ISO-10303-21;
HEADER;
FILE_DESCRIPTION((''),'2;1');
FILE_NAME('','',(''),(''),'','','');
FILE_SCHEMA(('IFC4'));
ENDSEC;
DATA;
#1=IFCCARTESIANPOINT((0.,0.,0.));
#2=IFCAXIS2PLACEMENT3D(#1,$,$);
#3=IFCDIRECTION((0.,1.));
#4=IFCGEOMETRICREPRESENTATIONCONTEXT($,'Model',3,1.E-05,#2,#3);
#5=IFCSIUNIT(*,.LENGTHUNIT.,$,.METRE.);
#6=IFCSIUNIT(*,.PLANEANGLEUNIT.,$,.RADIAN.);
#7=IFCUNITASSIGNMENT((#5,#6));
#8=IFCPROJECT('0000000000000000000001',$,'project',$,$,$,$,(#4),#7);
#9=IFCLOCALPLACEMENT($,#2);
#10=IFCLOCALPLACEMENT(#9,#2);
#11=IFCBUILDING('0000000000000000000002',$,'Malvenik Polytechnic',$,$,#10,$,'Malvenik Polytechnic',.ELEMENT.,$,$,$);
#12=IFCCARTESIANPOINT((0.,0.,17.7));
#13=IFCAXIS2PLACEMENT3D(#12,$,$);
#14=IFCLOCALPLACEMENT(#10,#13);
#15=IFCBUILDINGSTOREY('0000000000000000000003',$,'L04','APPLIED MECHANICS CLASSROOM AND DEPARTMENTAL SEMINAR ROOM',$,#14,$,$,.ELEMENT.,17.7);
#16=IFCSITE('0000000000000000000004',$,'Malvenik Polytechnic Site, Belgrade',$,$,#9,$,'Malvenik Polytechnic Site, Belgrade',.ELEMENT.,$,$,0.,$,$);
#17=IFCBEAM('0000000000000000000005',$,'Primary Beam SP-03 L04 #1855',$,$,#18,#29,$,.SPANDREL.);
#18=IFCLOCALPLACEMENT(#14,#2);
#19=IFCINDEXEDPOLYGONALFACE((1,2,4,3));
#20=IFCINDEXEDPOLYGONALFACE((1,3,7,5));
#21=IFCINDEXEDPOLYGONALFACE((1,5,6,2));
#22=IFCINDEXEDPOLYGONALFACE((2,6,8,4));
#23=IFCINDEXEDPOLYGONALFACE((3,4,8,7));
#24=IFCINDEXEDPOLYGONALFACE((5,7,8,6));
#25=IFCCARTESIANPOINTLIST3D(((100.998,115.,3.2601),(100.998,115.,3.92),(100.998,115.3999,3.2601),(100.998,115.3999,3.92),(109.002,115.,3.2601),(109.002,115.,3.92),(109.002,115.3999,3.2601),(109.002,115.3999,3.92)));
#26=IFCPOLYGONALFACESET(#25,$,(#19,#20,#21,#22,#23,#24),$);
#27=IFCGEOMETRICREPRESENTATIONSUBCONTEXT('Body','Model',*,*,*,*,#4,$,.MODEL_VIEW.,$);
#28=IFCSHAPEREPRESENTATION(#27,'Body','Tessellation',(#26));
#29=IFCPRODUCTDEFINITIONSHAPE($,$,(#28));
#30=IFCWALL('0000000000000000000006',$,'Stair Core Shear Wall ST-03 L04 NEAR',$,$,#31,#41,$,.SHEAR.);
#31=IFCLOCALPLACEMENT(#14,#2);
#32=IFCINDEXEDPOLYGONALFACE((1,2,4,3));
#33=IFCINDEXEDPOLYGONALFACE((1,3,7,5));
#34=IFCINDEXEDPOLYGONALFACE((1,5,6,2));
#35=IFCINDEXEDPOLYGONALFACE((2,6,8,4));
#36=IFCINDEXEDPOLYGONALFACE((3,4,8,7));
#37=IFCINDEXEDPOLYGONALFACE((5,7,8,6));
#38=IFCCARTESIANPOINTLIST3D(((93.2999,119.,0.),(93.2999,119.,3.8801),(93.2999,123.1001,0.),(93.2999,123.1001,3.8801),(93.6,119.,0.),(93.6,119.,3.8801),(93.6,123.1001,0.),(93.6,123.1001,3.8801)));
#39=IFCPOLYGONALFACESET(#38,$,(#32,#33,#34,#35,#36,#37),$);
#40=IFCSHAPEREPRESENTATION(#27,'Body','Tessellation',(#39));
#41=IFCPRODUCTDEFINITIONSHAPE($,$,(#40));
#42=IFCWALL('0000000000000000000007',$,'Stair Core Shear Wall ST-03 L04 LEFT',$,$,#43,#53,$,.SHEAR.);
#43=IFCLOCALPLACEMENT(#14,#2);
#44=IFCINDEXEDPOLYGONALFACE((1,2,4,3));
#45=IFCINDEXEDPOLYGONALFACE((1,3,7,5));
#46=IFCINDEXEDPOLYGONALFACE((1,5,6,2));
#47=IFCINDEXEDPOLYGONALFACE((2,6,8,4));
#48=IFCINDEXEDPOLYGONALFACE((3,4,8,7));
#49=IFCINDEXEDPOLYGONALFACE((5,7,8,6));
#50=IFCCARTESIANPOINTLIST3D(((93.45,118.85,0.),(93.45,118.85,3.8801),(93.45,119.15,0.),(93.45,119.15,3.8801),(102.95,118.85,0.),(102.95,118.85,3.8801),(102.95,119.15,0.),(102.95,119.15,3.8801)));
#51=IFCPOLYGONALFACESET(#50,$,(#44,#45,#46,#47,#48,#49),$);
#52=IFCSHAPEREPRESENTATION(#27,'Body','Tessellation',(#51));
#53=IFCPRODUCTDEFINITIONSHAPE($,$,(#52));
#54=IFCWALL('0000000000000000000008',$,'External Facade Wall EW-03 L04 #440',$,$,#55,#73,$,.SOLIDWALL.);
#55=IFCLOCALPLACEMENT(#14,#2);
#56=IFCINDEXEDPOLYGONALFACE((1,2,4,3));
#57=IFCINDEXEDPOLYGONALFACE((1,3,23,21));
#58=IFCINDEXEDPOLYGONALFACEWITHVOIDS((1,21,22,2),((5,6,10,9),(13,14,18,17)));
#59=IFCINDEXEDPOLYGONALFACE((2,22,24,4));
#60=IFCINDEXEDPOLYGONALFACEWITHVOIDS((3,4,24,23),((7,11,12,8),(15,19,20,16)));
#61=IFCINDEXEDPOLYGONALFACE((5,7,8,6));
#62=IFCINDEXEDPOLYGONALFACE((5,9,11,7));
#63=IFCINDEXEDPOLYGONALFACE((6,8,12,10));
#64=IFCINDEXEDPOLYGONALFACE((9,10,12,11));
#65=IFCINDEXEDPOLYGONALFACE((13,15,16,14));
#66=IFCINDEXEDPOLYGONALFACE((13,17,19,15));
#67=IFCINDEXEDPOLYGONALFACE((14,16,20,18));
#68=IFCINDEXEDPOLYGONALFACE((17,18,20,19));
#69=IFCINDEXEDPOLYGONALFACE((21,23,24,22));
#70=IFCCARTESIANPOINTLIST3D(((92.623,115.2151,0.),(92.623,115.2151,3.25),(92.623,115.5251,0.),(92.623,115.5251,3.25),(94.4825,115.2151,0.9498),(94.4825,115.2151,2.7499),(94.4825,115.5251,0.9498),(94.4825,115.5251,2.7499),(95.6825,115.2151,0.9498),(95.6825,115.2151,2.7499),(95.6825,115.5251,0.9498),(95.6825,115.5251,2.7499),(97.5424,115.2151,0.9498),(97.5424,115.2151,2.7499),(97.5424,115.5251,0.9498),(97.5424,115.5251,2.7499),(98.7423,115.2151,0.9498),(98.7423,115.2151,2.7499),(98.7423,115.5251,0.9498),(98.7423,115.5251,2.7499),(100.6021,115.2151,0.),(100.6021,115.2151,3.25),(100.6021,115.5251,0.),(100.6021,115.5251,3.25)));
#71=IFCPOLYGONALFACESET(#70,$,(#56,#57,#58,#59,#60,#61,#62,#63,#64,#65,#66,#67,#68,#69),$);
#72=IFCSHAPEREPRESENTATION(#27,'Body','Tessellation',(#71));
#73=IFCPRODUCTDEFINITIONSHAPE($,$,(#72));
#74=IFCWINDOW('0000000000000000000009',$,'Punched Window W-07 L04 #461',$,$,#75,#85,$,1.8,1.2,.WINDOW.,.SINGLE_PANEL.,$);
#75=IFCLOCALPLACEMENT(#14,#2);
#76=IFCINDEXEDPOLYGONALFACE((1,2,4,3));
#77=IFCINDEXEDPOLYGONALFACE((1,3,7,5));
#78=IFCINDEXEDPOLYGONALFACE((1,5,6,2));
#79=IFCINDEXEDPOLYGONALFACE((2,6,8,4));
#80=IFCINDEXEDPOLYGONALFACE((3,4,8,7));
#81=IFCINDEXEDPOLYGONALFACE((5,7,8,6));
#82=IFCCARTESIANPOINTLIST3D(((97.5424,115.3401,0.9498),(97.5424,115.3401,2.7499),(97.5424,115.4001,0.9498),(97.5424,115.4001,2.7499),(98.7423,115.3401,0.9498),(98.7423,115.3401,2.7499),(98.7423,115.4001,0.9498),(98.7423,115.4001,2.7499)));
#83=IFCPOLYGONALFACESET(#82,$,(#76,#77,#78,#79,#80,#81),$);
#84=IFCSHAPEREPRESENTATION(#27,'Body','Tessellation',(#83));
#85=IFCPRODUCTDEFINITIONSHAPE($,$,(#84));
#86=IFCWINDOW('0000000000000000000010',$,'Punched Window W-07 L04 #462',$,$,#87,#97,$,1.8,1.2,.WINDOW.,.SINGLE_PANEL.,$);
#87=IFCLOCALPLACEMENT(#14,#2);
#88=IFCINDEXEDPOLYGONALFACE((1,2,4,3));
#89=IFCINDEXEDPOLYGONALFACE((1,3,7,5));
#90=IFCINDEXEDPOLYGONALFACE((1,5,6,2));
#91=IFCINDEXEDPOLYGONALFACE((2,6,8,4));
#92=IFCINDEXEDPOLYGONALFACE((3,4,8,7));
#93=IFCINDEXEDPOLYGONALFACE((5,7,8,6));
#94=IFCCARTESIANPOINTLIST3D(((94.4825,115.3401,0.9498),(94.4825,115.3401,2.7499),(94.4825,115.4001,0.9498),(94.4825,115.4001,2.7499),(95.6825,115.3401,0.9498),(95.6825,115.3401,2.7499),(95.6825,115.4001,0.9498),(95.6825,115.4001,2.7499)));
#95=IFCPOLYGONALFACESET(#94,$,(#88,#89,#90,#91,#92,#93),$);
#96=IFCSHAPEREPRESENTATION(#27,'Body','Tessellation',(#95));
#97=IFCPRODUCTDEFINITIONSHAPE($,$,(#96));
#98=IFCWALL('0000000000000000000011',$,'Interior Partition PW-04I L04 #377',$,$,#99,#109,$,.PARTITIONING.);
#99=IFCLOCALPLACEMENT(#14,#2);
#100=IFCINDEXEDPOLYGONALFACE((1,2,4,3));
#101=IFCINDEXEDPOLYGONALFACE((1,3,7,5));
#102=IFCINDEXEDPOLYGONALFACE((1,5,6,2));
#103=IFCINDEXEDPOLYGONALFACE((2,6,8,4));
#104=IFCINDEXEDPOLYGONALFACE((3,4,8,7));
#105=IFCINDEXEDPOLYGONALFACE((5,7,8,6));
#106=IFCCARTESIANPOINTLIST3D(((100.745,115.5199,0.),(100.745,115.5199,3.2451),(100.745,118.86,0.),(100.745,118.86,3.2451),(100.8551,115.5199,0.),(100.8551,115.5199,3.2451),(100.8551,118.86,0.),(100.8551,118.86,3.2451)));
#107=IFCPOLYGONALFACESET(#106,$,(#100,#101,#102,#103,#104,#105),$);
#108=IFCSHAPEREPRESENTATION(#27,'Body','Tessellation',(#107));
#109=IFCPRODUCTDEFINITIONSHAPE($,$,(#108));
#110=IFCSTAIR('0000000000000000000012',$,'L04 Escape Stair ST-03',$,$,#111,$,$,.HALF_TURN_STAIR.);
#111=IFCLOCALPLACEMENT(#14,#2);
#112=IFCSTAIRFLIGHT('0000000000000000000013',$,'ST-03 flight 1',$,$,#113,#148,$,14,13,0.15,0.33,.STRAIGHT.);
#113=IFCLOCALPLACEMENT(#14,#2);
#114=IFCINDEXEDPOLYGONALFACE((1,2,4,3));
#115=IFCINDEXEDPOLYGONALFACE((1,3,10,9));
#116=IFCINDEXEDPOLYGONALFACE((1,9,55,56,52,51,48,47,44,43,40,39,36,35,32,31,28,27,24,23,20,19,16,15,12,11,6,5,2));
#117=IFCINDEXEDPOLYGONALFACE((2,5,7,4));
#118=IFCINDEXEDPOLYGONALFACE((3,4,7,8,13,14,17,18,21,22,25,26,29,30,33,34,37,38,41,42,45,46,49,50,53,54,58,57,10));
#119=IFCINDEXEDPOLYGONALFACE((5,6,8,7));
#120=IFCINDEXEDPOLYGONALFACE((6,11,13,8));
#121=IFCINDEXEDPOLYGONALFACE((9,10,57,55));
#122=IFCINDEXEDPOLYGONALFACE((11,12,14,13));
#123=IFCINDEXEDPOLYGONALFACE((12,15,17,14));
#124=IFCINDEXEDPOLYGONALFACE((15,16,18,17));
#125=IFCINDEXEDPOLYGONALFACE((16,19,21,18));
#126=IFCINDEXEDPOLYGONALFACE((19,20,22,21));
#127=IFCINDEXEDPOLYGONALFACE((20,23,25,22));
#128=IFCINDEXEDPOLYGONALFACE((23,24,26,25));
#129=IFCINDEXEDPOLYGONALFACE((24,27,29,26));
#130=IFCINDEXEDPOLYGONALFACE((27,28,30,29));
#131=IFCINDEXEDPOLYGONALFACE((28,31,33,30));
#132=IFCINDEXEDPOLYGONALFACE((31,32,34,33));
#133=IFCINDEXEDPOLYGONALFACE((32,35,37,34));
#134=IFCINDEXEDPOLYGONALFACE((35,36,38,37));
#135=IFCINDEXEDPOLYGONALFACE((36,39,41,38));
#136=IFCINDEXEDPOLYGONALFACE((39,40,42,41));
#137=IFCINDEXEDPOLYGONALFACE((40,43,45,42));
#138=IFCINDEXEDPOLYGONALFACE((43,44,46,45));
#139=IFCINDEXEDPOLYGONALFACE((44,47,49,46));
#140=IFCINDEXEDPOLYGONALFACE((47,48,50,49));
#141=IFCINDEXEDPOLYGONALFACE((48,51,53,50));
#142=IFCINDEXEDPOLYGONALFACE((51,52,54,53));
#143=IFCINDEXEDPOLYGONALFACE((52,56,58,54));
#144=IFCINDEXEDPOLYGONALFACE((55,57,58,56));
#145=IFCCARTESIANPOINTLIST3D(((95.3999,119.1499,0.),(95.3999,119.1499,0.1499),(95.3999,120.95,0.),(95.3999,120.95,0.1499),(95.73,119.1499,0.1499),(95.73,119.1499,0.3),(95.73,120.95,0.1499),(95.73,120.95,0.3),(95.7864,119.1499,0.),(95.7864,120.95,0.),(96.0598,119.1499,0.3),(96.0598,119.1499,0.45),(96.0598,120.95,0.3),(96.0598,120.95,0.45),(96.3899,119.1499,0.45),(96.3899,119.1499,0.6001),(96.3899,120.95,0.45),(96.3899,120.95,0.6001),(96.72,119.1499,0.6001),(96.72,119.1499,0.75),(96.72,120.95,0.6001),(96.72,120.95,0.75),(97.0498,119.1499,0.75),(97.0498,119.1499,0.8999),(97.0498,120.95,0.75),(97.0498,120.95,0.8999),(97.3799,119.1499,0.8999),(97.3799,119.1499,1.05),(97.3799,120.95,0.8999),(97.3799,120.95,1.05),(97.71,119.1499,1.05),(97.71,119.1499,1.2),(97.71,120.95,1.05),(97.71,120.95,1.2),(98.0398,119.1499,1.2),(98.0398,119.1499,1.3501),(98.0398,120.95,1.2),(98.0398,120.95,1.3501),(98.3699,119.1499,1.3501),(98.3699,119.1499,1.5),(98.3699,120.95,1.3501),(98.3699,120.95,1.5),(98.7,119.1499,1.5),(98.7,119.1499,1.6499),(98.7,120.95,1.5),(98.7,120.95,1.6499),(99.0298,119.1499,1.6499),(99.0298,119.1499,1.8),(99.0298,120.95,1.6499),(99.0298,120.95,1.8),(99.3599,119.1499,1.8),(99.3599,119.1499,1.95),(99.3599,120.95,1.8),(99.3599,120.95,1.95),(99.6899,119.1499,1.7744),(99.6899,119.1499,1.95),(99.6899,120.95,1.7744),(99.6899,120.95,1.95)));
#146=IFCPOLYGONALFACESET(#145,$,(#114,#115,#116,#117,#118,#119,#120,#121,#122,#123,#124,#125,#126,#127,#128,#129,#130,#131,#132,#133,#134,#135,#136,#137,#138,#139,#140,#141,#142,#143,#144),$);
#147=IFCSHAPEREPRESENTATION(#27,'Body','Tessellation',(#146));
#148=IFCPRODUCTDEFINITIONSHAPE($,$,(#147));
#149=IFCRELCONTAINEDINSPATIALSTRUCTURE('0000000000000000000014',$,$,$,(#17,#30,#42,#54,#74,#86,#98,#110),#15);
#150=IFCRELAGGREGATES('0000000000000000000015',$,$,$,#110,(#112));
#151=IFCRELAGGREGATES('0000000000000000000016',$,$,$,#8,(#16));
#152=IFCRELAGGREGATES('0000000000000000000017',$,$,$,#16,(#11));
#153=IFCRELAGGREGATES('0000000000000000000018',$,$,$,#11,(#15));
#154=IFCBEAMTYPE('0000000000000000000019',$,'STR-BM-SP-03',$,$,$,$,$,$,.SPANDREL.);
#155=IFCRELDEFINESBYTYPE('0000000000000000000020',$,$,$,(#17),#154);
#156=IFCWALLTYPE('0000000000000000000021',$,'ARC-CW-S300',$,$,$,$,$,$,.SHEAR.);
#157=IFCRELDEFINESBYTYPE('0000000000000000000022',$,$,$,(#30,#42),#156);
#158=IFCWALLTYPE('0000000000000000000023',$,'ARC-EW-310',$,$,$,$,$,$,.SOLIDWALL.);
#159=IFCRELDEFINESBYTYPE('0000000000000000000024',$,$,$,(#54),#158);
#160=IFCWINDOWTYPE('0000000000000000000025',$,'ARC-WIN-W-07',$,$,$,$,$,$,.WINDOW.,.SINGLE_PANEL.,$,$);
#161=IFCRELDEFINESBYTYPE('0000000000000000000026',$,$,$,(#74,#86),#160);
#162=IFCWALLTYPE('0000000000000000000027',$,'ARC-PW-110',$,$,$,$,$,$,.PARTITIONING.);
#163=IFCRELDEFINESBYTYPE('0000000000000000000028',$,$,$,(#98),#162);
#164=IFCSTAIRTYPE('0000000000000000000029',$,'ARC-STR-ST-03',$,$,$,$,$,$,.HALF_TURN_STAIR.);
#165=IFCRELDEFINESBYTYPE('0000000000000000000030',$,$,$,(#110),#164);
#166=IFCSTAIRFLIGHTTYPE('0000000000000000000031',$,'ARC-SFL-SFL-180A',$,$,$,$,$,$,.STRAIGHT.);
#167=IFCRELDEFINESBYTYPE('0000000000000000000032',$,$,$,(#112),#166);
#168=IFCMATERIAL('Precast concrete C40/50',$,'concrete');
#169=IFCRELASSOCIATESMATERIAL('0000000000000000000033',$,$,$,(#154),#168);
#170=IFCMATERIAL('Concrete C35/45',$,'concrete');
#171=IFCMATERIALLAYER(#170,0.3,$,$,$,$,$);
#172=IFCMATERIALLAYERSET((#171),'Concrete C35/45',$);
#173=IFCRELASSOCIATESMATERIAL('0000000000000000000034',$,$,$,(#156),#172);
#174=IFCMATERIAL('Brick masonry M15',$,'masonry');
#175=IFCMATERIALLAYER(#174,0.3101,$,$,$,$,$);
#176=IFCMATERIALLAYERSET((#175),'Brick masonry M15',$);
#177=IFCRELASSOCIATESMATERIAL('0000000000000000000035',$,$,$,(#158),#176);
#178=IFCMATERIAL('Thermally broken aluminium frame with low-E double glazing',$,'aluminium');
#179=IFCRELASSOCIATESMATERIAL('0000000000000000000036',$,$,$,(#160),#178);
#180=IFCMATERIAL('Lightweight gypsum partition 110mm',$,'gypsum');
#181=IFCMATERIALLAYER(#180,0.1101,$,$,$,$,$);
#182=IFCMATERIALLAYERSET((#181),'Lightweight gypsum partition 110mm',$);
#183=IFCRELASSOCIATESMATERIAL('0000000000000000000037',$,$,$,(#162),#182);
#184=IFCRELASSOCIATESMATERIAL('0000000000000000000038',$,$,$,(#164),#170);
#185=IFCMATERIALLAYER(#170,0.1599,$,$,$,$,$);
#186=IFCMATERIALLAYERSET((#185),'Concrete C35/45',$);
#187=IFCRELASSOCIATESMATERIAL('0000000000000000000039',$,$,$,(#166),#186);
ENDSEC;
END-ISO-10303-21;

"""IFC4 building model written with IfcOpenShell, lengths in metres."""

from ifc_helpers import new_model, si_unit, direction, frame, frame_2d, origin, origin_2d, place, context, subcontext, project, spatial, polyline, rectangle, outline, extrude, material, layer, layer_set, material_profile, profile_set, type_object, element, fill, aggregate, save


model = new_model("IFC4")

# Units and contexts
model_context = context("Model", 3, precision=1e-05, world=origin(), true_north=direction((0.0, 1.0)))
body_context = subcontext(model_context, "Body", "Model", "MODEL_VIEW")
ifc_project = project(units=[si_unit("LENGTHUNIT", "METRE"), si_unit("PLANEANGLEUNIT", "RADIAN")], contexts=[model_context])

# Site, building, storey
site_placement = place(None, origin())
site = spatial("IfcSite", under=ifc_project, at=site_placement, Name="Malvenik Polytechnic Site, Belgrade", LongName="Malvenik Polytechnic Site, Belgrade", CompositionType="ELEMENT", RefElevation=0.0)
building_placement = place(site_placement, origin())
building = spatial("IfcBuilding", under=site, at=building_placement, Name="Malvenik Polytechnic", LongName="Malvenik Polytechnic", CompositionType="ELEMENT")
storey_placement = place(building_placement, frame((0.0, 0.0, 17.7)))
storey = spatial("IfcBuildingStorey", under=building, at=storey_placement, Name="L04", Description="APPLIED MECHANICS CLASSROOM AND DEPARTMENTAL SEMINAR ROOM", CompositionType="ELEMENT", Elevation=17.7)

# Beam
ifc_material_1 = material(Name="Precast concrete C40/50", Category="concrete")
ifc_material_profile = material_profile(ifc_material_1, rectangle(XDim=0.3999, YDim=0.6599, at=origin_2d()), Name="PC SPN 400x660")
ifc_profile_set = profile_set([ifc_material_profile], Name="Precast concrete C40/50")
beam_type = type_object("IfcBeamType", Name="STR-BM-SP-03", PredefinedType="SPANDREL", material=ifc_profile_set)
beam_placement = place(storey_placement, frame((100.998, 115.2, 3.5901), z_axis=(1.0, 0.0, 0.0), x_axis=(0.0, 1.0, 0.0)))
element("IfcBeam", 1, at=beam_placement, inside=storey, type_object=beam_type, Name="Primary Beam SP-03 L04 #1855", PredefinedType="SPANDREL", context=body_context, shape_type="SweptSolid", body=[
    extrude(rectangle(XDim=0.3999, YDim=0.6599, at=origin_2d()), origin(), (0.0, 0.0, 1.0), 8.0039),
])

# Walls
ifc_material_2 = material(Name="Concrete C35/45", Category="concrete")
ifc_layer_1 = layer(ifc_material_2, 0.3)
ifc_layer_set_1 = layer_set([ifc_layer_1], Name="Concrete C35/45")
wall_type_1 = type_object("IfcWallType", Name="ARC-CW-S300", PredefinedType="SHEAR", material=ifc_layer_set_1)
wall_1_placement = place(storey_placement, frame((93.45, 119.0, 0.0), z_axis=(0.0, 0.0, 1.0), x_axis=(0.0, 1.0, 0.0)))
element("IfcWall", 2, at=wall_1_placement, inside=storey, type_object=wall_type_1, Name="Stair Core Shear Wall ST-03 L04 NEAR", PredefinedType="SHEAR", context=body_context, shape_type="SweptSolid", body=[
    extrude(rectangle(XDim=4.1001, YDim=0.3, at=frame_2d((2.05, 0.0))), origin(), (0.0, 0.0, 1.0), 3.8801),
])
wall_2_placement = place(storey_placement, frame((102.95, 119.0, 0.0), z_axis=(0.0, 0.0, 1.0), x_axis=(-1.0, 0.0, 0.0)))
element("IfcWall", 3, at=wall_2_placement, inside=storey, type_object=wall_type_1, Name="Stair Core Shear Wall ST-03 L04 LEFT", PredefinedType="SHEAR", context=body_context, shape_type="SweptSolid", body=[
    extrude(rectangle(XDim=9.5, YDim=0.3, at=frame_2d((4.75, 0.0))), origin(), (0.0, 0.0, 1.0), 3.8801),
])

# Wall, openings, windows
ifc_material_3 = material(Name="Brick masonry M15", Category="masonry")
ifc_layer_2 = layer(ifc_material_3, 0.3101)
ifc_layer_set_2 = layer_set([ifc_layer_2], Name="Brick masonry M15")
wall_type_2 = type_object("IfcWallType", Name="ARC-EW-310", PredefinedType="SOLIDWALL", material=ifc_layer_set_2)
wall_3_placement = place(storey_placement, frame((100.6021, 115.3701, 0.0), z_axis=(0.0, 0.0, 1.0), x_axis=(-1.0, 0.0, 0.0)))
wall_3 = element("IfcWall", 4, at=wall_3_placement, inside=storey, type_object=wall_type_2, Name="External Facade Wall EW-03 L04 #440", PredefinedType="SOLIDWALL", context=body_context, shape_type="SweptSolid", body=[
    extrude(rectangle(XDim=7.979, YDim=0.3101, at=frame_2d((3.9895, 0.0))), origin(), (0.0, 0.0, 1.0), 3.25),
])
opening_1_placement = place(wall_3_placement, frame((1.8596, 0.0, 0.95)))
opening_1 = element("IfcOpeningElement", 5, at=opening_1_placement, cuts=wall_3, PredefinedType="OPENING", context=body_context, shape_type="SweptSolid", body=[
    extrude(rectangle(XDim=1.2, YDim=1.8, at=frame_2d((0.6001, 0.8999))), frame((0.0, 0.165, 0.0), z_axis=(0.0, -1.0, 0.0), x_axis=(1.0, 0.0, 0.0)), (0.0, 0.0, 1.0), 0.3301),
])
opening_2_placement = place(wall_3_placement, frame((4.9194, 0.0, 0.95)))
opening_2 = element("IfcOpeningElement", 6, at=opening_2_placement, cuts=wall_3, PredefinedType="OPENING", context=body_context, shape_type="SweptSolid", body=[
    extrude(rectangle(XDim=1.2, YDim=1.8, at=frame_2d((0.6001, 0.8999))), frame((0.0, 0.165, 0.0), z_axis=(0.0, -1.0, 0.0), x_axis=(1.0, 0.0, 0.0)), (0.0, 0.0, 1.0), 0.3301),
])
ifc_material_4 = material(Name="Thermally broken aluminium frame with low-E double glazing", Category="aluminium")
window_type = type_object("IfcWindowType", Name="ARC-WIN-W-07", PartitioningType="SINGLE_PANEL", PredefinedType="WINDOW", material=ifc_material_4)
window_1_placement = place(opening_1_placement, origin())
window_1 = element("IfcWindow", 7, at=window_1_placement, inside=storey, type_object=window_type, Name="Punched Window W-07 L04 #461", OverallHeight=1.8, OverallWidth=1.2, PartitioningType="SINGLE_PANEL", PredefinedType="WINDOW", context=body_context, shape_type="SweptSolid", body=[
    extrude(rectangle(XDim=1.2, YDim=1.8, at=frame_2d((0.6001, 0.8999))), frame((0.0, 0.03, 0.0), z_axis=(0.0, -1.0, 0.0), x_axis=(1.0, 0.0, 0.0)), (0.0, 0.0, 1.0), 0.0601),
])
fill(opening_1, window_1)
window_2_placement = place(opening_2_placement, origin())
window_2 = element("IfcWindow", 8, at=window_2_placement, inside=storey, type_object=window_type, Name="Punched Window W-07 L04 #462", OverallHeight=1.8, OverallWidth=1.2, PartitioningType="SINGLE_PANEL", PredefinedType="WINDOW", context=body_context, shape_type="SweptSolid", body=[
    extrude(rectangle(XDim=1.2, YDim=1.8, at=frame_2d((0.6001, 0.8999))), frame((0.0, 0.03, 0.0), z_axis=(0.0, -1.0, 0.0), x_axis=(1.0, 0.0, 0.0)), (0.0, 0.0, 1.0), 0.0601),
])
fill(opening_2, window_2)

# Wall
ifc_material_5 = material(Name="Lightweight gypsum partition 110mm", Category="gypsum")
ifc_layer_3 = layer(ifc_material_5, 0.1101)
ifc_layer_set_3 = layer_set([ifc_layer_3], Name="Lightweight gypsum partition 110mm")
wall_type_3 = type_object("IfcWallType", Name="ARC-PW-110", PredefinedType="PARTITIONING", material=ifc_layer_set_3)
wall_4_placement = place(storey_placement, frame((100.8, 115.52, 0.0), z_axis=(0.0, 0.0, 1.0), x_axis=(0.0, 1.0, 0.0)))
element("IfcWall", 9, at=wall_4_placement, inside=storey, type_object=wall_type_3, Name="Interior Partition PW-04I L04 #377", PredefinedType="PARTITIONING", context=body_context, shape_type="SweptSolid", body=[
    extrude(rectangle(XDim=3.3401, YDim=0.1101, at=frame_2d((1.6699, 0.0))), origin(), (0.0, 0.0, 1.0), 3.2451),
])

# Stair, stair flight
stair_type = type_object("IfcStairType", Name="ARC-STR-ST-03", PredefinedType="HALF_TURN_STAIR", material=ifc_material_2)
stair_placement = place(storey_placement, origin())
stair = element("IfcStair", 10, at=stair_placement, inside=storey, type_object=stair_type, Name="L04 Escape Stair ST-03", PredefinedType="HALF_TURN_STAIR")
ifc_layer_4 = layer(ifc_material_2, 0.1599)
ifc_layer_set_4 = layer_set([ifc_layer_4], Name="Concrete C35/45")
stair_flight_type = type_object("IfcStairFlightType", Name="ARC-SFL-SFL-180A", PredefinedType="STRAIGHT", material=ifc_layer_set_4)
stair_flight_1_placement = place(storey_placement, frame((95.3999, 120.05, 0.0), z_axis=(0.0, 0.0, 1.0), x_axis=(1.0, 0.0, 0.0)))
stair_flight_1 = element("IfcStairFlight", 11, at=stair_flight_1_placement, type_object=stair_flight_type, Name="ST-03 flight 1", NumberOfRisers=14, NumberOfTreads=13, PredefinedType="STRAIGHT", RiserHeight=0.15, TreadLength=0.33, context=body_context, shape_type="SweptSolid", body=[
    extrude(outline(polyline([(0.0, 0.0), (0.0, 0.1499), (0.3301, 0.1499), (0.3301, 0.3), (0.6599, 0.3), (0.6599, 0.45), (0.99, 0.45), (0.99, 0.6001), (1.3201, 0.6001), (1.3201, 0.75), (1.6499, 0.75), (1.6499, 0.8999), (1.98, 0.8999), (1.98, 1.05), (2.3101, 1.05), (2.3101, 1.2), (2.6399, 1.2), (2.6399, 1.3501), (2.97, 1.3501), (2.97, 1.5), (3.3, 1.5), (3.3, 1.6499), (3.6299, 1.6499), (3.6299, 1.8), (3.96, 1.8), (3.96, 1.95), (4.29, 1.95), (4.29, 2.1001), (4.29, 1.7744), (0.3865, 0.0), (0.0, 0.0)])), frame((0.0, 0.8999, 0.0), z_axis=(0.0, -1.0, 0.0), x_axis=(1.0, 0.0, 0.0)), (0.0, 0.0, 1.0), 1.8),
])
aggregate(stair, [stair_flight_1])

save(model, "model.ifc")
